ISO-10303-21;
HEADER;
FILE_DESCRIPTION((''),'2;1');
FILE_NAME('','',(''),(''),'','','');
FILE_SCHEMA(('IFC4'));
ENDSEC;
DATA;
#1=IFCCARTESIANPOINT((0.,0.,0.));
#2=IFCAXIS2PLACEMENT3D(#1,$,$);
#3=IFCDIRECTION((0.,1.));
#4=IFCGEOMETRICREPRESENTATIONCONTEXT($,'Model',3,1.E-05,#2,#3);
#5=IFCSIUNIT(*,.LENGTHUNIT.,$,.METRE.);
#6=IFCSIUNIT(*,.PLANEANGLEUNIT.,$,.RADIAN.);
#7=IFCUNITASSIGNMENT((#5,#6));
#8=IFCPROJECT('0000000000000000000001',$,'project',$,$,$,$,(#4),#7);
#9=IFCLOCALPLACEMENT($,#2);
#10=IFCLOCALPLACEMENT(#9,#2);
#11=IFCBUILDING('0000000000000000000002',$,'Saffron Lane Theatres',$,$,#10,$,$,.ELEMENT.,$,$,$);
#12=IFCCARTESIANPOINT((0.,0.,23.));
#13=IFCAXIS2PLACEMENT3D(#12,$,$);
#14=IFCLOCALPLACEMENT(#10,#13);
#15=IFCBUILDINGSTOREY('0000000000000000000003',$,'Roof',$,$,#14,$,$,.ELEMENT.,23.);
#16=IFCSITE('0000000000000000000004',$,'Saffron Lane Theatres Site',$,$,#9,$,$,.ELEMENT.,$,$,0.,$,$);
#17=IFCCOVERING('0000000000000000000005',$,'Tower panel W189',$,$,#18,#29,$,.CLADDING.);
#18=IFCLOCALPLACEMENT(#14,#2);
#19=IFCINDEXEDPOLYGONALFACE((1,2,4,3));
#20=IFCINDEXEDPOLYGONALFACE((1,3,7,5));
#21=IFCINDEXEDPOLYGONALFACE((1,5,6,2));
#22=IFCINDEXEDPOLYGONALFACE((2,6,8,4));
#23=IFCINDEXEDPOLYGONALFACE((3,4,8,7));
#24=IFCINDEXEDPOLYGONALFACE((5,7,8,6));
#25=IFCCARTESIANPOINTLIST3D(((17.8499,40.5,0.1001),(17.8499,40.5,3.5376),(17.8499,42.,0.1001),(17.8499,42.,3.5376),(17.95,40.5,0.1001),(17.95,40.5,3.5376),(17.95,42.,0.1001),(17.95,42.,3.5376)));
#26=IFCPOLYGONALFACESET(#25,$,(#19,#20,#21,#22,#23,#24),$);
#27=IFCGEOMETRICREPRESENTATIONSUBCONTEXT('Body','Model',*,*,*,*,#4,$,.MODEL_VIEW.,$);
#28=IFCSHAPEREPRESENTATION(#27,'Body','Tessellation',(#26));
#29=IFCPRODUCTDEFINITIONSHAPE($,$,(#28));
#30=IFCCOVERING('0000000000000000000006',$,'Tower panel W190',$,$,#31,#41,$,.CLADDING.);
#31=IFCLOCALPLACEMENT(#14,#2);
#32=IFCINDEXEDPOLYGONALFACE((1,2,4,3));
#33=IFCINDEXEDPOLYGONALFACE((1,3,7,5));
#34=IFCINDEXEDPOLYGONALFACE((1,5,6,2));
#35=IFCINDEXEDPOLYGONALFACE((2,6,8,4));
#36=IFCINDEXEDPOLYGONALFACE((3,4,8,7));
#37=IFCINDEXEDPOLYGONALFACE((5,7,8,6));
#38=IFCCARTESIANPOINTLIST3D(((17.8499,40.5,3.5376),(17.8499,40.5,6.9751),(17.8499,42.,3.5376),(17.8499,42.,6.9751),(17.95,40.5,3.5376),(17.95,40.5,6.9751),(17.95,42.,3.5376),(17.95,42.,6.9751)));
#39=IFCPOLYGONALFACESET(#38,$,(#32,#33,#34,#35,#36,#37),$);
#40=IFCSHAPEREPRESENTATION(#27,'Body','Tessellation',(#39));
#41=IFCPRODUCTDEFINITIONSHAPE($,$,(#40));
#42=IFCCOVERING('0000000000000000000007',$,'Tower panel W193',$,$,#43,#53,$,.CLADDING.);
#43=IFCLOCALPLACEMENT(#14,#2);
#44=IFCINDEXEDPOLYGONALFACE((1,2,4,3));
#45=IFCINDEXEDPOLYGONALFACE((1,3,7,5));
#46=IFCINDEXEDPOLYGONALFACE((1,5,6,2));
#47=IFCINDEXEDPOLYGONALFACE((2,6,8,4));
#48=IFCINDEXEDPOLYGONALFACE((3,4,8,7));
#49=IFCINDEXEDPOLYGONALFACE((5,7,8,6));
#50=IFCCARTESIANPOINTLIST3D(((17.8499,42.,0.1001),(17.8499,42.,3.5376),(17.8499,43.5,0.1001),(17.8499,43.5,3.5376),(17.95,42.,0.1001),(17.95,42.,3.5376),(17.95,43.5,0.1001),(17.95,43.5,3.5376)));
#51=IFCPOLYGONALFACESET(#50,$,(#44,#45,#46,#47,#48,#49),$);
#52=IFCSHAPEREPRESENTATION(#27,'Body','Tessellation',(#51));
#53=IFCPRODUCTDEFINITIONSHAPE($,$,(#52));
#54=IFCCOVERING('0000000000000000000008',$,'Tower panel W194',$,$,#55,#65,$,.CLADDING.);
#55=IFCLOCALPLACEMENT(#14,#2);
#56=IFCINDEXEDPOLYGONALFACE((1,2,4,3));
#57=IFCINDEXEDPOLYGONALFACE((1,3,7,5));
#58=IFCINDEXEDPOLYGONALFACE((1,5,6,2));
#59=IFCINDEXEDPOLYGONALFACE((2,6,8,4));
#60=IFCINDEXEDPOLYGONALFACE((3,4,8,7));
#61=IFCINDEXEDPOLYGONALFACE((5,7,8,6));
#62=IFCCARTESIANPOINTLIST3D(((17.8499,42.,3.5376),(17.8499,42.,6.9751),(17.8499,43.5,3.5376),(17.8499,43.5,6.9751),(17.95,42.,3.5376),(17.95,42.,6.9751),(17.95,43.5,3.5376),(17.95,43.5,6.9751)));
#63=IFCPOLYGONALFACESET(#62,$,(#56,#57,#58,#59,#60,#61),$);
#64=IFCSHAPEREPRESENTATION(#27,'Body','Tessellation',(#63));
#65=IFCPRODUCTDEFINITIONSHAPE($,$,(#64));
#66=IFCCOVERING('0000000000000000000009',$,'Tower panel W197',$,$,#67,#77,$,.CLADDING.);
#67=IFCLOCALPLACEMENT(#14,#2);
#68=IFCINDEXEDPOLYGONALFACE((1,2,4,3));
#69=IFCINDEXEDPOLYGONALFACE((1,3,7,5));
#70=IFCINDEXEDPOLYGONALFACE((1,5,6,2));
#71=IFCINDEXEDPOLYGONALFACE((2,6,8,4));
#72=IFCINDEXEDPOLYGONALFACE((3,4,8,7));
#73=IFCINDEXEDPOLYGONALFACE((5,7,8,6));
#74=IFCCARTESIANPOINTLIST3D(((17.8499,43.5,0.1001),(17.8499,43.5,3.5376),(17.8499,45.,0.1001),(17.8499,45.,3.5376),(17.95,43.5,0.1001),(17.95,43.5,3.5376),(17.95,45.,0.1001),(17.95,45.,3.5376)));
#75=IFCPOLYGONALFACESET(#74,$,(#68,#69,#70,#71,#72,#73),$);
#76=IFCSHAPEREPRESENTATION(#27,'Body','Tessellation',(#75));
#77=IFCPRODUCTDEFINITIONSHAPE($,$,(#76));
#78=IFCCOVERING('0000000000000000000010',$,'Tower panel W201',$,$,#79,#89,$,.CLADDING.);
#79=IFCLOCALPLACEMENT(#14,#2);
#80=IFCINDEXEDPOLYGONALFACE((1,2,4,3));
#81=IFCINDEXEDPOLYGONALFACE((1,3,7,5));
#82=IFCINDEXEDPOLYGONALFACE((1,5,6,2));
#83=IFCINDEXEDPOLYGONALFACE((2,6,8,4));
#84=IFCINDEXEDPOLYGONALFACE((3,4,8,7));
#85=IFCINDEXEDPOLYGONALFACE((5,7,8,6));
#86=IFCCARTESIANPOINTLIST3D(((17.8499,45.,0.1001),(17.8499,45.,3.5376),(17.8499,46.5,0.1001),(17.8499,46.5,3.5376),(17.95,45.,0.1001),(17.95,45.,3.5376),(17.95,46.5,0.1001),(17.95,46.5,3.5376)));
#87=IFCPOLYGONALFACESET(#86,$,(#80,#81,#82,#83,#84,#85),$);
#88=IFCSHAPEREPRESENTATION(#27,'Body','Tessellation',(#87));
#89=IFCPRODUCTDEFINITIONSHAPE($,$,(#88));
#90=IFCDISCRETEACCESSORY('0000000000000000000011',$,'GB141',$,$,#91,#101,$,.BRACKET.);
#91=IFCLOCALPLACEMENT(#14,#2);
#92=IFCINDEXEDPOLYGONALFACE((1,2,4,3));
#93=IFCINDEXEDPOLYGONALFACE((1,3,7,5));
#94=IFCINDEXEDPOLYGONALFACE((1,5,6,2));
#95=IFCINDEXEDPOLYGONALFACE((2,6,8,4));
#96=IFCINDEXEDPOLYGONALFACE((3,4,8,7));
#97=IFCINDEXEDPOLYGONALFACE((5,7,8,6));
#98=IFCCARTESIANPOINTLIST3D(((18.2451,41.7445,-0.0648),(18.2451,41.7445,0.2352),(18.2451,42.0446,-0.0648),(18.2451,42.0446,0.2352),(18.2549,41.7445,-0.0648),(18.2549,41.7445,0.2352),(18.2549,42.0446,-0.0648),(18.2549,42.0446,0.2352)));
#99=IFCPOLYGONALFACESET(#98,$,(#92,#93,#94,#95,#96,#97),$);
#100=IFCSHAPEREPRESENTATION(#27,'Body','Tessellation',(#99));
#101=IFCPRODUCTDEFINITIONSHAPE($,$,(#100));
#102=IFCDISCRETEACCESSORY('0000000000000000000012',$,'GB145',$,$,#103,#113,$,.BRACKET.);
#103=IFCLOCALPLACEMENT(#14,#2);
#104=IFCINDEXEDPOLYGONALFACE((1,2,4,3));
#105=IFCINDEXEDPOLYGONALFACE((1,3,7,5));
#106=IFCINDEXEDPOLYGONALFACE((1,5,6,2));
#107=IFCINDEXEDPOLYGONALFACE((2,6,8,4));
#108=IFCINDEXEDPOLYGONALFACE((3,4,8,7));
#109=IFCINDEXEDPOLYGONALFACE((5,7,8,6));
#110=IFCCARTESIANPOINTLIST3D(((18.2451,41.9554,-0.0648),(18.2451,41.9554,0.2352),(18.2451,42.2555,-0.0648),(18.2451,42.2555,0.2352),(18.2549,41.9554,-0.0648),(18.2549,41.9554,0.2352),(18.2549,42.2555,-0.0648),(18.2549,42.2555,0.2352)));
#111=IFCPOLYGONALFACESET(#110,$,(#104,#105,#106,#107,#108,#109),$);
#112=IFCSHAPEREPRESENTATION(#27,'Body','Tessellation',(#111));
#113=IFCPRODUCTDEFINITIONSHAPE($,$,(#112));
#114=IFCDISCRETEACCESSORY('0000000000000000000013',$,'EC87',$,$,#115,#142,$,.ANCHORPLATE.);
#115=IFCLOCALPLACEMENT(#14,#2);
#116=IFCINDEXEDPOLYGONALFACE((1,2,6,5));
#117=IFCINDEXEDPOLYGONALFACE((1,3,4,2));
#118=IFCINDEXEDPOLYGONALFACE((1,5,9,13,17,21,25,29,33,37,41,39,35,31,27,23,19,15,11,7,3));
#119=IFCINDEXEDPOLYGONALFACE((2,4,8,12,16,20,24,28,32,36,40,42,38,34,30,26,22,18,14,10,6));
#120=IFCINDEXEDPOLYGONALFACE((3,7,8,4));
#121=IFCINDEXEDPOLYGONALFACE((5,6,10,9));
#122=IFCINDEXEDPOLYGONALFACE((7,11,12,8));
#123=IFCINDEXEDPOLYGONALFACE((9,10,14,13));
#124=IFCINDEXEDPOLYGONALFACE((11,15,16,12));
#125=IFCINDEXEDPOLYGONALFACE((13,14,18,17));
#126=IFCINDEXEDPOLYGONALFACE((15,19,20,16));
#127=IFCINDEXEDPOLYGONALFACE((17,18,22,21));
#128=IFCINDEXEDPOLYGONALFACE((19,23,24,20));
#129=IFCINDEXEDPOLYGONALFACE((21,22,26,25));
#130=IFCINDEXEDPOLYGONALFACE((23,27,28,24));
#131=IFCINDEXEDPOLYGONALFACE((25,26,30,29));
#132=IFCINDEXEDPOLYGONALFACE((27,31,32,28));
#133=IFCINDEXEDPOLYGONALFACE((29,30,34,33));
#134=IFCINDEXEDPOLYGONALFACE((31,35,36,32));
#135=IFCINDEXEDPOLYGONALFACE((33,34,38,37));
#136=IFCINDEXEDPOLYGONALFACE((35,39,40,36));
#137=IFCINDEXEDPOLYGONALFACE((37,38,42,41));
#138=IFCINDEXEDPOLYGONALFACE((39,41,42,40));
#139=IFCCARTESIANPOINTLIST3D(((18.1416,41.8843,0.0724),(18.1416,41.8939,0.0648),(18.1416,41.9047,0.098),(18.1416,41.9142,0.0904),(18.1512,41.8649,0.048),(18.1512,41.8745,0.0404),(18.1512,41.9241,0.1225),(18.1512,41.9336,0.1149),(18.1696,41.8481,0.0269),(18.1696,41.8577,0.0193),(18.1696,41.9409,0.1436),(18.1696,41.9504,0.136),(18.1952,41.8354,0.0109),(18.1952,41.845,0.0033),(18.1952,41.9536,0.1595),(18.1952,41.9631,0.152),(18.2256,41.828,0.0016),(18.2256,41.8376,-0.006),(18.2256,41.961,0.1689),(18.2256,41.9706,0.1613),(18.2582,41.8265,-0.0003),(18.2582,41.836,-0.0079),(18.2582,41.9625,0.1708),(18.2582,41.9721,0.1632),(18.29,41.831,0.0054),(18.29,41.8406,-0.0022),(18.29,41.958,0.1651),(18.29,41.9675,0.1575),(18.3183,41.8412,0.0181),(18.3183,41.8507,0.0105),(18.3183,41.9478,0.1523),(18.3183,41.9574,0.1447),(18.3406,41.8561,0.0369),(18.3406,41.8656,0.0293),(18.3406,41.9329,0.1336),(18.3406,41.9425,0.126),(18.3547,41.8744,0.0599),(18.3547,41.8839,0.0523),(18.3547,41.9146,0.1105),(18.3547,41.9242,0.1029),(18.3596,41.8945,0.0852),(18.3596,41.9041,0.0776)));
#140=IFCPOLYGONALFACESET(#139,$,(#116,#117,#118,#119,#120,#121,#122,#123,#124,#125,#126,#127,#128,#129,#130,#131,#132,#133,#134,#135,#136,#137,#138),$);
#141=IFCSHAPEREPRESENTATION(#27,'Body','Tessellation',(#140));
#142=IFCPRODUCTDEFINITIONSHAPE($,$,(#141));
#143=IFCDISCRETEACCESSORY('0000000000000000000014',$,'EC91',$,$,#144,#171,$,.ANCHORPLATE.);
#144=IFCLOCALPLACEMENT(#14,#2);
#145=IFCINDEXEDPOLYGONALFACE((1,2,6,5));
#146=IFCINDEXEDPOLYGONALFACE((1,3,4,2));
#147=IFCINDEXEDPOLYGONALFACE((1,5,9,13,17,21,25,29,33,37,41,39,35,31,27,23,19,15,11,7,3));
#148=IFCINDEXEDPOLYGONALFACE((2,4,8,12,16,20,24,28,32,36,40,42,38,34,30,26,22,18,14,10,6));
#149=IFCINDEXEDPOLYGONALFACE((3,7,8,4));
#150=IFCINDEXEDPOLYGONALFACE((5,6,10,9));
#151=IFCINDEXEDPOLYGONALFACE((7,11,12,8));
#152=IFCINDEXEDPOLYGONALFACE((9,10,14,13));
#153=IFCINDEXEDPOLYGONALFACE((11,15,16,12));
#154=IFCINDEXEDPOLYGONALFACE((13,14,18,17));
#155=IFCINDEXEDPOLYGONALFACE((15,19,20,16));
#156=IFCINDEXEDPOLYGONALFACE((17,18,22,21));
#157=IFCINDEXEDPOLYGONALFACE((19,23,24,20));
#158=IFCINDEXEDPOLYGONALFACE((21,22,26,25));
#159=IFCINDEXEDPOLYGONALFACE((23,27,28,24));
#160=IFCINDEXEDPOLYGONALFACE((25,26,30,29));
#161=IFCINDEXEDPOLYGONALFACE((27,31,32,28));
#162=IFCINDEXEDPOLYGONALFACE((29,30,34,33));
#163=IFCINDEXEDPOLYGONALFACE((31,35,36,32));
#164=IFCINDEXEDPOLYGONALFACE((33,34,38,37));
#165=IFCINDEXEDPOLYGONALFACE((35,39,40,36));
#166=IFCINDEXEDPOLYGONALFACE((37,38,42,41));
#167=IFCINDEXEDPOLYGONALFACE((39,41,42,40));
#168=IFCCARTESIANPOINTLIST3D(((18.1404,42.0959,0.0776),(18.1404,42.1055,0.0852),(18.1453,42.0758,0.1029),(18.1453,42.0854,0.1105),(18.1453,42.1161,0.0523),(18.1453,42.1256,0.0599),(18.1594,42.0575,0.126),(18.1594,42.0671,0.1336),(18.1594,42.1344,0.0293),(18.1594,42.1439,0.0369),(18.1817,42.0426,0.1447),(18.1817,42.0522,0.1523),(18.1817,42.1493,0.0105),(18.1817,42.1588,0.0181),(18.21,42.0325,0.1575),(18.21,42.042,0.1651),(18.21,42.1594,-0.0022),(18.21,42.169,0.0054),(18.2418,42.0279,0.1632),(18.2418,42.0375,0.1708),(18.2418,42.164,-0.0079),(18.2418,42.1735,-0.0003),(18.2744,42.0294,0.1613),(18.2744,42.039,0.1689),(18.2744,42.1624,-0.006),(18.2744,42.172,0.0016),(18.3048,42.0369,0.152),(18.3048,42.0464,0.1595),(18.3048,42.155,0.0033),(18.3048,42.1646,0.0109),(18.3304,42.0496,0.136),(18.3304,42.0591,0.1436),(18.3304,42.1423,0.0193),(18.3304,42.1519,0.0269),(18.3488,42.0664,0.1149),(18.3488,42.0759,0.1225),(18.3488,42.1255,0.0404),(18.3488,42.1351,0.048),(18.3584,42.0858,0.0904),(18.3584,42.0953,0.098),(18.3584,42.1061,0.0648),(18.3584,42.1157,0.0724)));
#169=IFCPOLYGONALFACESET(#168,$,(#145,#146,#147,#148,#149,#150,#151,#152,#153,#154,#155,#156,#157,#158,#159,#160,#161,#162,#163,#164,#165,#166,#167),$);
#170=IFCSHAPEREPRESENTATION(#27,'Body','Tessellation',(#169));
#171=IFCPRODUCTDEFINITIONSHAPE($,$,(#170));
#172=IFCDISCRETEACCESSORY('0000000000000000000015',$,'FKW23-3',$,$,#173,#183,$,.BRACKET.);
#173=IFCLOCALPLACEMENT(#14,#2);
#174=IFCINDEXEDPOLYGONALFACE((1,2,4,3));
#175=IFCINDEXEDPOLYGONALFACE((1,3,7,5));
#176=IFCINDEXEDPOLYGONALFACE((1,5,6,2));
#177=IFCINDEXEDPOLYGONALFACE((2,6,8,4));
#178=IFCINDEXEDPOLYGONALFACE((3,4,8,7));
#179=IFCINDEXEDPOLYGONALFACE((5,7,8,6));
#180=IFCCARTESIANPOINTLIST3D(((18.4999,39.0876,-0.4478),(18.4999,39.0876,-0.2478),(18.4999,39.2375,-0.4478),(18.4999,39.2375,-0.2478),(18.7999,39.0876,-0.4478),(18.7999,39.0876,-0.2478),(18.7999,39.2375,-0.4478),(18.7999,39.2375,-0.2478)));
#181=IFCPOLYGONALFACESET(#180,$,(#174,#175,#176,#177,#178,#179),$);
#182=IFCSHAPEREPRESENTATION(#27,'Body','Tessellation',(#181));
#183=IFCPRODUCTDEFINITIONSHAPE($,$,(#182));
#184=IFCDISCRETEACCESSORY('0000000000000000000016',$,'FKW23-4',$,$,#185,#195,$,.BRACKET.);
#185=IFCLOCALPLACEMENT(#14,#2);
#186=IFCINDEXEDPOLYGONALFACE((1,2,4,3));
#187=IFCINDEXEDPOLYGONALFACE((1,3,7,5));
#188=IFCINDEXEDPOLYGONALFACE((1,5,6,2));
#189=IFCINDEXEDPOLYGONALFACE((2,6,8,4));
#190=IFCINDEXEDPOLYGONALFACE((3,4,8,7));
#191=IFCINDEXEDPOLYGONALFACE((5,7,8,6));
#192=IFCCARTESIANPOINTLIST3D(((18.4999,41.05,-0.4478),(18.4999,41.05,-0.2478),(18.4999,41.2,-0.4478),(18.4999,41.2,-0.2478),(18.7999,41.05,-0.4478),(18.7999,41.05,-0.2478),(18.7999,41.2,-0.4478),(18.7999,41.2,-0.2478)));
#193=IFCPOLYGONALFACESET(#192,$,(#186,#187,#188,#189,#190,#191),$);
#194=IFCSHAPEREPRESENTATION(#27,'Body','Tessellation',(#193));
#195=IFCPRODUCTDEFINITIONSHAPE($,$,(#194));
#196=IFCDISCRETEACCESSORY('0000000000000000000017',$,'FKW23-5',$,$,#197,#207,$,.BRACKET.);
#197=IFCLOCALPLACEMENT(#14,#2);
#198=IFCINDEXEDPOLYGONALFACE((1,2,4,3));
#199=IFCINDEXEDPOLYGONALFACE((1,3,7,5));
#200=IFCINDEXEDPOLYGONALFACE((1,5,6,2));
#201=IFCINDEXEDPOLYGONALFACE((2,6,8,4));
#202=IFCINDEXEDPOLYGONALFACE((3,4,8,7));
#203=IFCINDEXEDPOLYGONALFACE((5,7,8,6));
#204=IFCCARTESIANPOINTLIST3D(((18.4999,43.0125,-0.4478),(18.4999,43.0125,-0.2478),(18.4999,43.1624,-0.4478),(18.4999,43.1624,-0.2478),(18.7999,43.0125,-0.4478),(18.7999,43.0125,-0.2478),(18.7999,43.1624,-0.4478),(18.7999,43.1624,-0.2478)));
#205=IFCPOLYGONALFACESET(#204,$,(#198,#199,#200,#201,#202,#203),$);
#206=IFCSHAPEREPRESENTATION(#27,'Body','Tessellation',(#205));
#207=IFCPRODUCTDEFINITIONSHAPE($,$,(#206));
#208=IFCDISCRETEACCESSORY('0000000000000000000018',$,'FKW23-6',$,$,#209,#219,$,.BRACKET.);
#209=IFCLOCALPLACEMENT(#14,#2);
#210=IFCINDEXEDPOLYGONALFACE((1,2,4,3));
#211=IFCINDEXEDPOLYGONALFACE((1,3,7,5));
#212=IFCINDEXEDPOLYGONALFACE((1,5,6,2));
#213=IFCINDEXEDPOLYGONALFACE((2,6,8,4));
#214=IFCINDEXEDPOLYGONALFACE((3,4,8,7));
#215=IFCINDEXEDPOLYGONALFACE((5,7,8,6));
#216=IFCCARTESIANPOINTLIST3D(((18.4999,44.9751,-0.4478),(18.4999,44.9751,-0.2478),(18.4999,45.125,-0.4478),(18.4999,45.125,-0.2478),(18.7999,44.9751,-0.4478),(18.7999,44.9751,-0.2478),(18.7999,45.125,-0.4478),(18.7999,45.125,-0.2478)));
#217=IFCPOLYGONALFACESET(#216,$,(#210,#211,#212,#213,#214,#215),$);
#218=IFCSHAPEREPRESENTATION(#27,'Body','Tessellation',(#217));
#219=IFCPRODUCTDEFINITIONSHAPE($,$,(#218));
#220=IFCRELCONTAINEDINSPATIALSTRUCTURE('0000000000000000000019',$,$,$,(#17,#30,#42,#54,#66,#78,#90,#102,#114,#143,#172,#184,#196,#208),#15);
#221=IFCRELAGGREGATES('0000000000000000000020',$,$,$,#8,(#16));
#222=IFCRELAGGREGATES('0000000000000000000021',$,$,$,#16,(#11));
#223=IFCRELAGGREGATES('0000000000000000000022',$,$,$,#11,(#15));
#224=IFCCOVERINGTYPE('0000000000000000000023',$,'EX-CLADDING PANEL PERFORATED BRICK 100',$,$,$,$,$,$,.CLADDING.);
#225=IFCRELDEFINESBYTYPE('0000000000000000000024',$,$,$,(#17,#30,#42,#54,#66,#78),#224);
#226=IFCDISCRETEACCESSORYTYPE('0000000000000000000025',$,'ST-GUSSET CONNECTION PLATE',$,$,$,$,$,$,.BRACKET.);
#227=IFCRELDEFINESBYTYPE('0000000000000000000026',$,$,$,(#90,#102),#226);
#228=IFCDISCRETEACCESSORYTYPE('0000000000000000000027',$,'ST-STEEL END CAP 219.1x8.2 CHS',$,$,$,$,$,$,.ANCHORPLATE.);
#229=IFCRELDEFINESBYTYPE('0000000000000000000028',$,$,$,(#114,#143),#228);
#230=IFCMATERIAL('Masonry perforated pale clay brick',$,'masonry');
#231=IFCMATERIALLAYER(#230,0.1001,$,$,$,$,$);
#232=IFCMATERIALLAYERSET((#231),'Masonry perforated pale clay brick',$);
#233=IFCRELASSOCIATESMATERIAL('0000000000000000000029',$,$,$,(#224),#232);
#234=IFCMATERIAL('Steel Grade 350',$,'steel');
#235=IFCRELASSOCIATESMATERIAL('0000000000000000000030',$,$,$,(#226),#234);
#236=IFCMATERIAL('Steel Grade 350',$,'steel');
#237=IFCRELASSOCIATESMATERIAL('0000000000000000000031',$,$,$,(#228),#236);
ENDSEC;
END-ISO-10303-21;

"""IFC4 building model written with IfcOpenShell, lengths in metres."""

from ifc_helpers import new_model, si_unit, direction, frame, origin, origin_2d, place, context, subcontext, project, spatial, rectangle, circle, extrude, material, layer, layer_set, material_profile, profile_set, type_object, element, save


model = new_model("IFC4")

# Units and contexts
model_context = context("Model", 3, precision=1e-05, world=origin(), true_north=direction((0.0, 1.0)))
body_context = subcontext(model_context, "Body", "Model", "MODEL_VIEW")
ifc_project = project(units=[si_unit("LENGTHUNIT", "METRE"), si_unit("PLANEANGLEUNIT", "RADIAN")], contexts=[model_context])

# Site, building, storey
site_placement = place(None, origin())
site = spatial("IfcSite", under=ifc_project, at=site_placement, Name="Saffron Lane Theatres Site", CompositionType="ELEMENT", RefElevation=0.0)
building_placement = place(site_placement, origin())
building = spatial("IfcBuilding", under=site, at=building_placement, Name="Saffron Lane Theatres", CompositionType="ELEMENT")
storey_placement = place(building_placement, frame((0.0, 0.0, 23.0)))
storey = spatial("IfcBuildingStorey", under=building, at=storey_placement, Name="Roof", CompositionType="ELEMENT", Elevation=23.0)

# Coverings
ifc_material_1 = material(Name="Masonry perforated pale clay brick", Category="masonry")
ifc_layer_1 = layer(ifc_material_1, 0.1001)
ifc_layer_set_1 = layer_set([ifc_layer_1], Name="Masonry perforated pale clay brick")
covering_type_1 = type_object("IfcCoveringType", Name="EX-CLADDING PANEL PERFORATED BRICK 100", PredefinedType="CLADDING", material=ifc_layer_set_1)
for number, where, z_axis, x_axis, name in (
    (1, (17.8999, 41.25, 0.1001), (0.0, 0.0, 1.0), (0.0, 1.0, 0.0), "Tower panel W189"),
    (2, (17.8999, 41.25, 3.5376), (0.0, 0.0, 1.0), (0.0, 1.0, 0.0), "Tower panel W190"),
    (3, (17.8999, 42.75, 0.1001), (0.0, 0.0, 1.0), (0.0, 1.0, 0.0), "Tower panel W193"),
    (4, (17.8999, 42.75, 3.5376), (0.0, 0.0, 1.0), (0.0, 1.0, 0.0), "Tower panel W194"),
    (5, (17.8999, 44.25, 0.1001), (0.0, 0.0, 1.0), (0.0, 1.0, 0.0), "Tower panel W197"),
    (6, (17.8999, 45.75, 0.1001), (0.0, 0.0, 1.0), (0.0, 1.0, 0.0), "Tower panel W201"),
):
    element("IfcCovering", number, at=place(storey_placement, frame(where, z_axis=z_axis, x_axis=x_axis)), inside=storey, type_object=covering_type_1, Name=name, PredefinedType="CLADDING", context=body_context, shape_type="SweptSolid", body=[
        extrude(rectangle(XDim=1.5, YDim=0.1001, at=origin_2d()), origin(), (0.0, 0.0, 1.0), 3.4375),
    ])

# Discrete accessories
ifc_material_2 = material(Name="Steel Grade 350", Category="steel")
ifc_material_profile_1 = material_profile(ifc_material_2, rectangle(XDim=0.3, YDim=0.3, at=origin_2d()))
ifc_profile_set_1 = profile_set([ifc_material_profile_1], Name="Steel Grade 350")
discrete_accessory_type_1 = type_object("IfcDiscreteAccessoryType", Name="ST-GUSSET CONNECTION PLATE", PredefinedType="BRACKET", material=ifc_profile_set_1)
for number, where, z_axis, x_axis, name in (
    (7, (18.2451, 41.8945, 0.0852), (1.0, 0.0, 0.0), (0.0, 1.0, 0.0), "GB141"),
    (8, (18.2451, 42.1055, 0.0852), (1.0, 0.0, 0.0), (0.0, 1.0, 0.0), "GB145"),
):
    element("IfcDiscreteAccessory", number, at=place(storey_placement, frame(where, z_axis=z_axis, x_axis=x_axis)), inside=storey, type_object=discrete_accessory_type_1, Name=name, PredefinedType="BRACKET", context=body_context, shape_type="SweptSolid", body=[
        extrude(rectangle(XDim=0.3, YDim=0.3, at=origin_2d()), origin(), (0.0, 0.0, 1.0), 0.0098),
    ])
ifc_material_3 = material(Name="Steel Grade 350", Category="steel")
ifc_material_profile_2 = material_profile(ifc_material_3, circle(Radius=0.1096, at=origin_2d()))
ifc_profile_set_2 = profile_set([ifc_material_profile_2], Name="Steel Grade 350")
discrete_accessory_type_2 = type_object("IfcDiscreteAccessoryType", Name="ST-STEEL END CAP 219.1x8.2 CHS", PredefinedType="ANCHORPLATE", material=ifc_profile_set_2)
for number, where, z_axis, x_axis, name in (
    (9, (18.25, 41.9041, 0.0776), (0.0, -0.782823, 0.622244), (1.0, 0.0, 0.0), "EC87"),
    (10, (18.25, 42.0959, 0.0776), (0.0, 0.782823, 0.622244), (-1.0, 0.0, 0.0), "EC91"),
):
    element("IfcDiscreteAccessory", number, at=place(storey_placement, frame(where, z_axis=z_axis, x_axis=x_axis)), inside=storey, type_object=discrete_accessory_type_2, Name=name, PredefinedType="ANCHORPLATE", context=body_context, shape_type="SweptSolid", body=[
        extrude(circle(Radius=0.1096, at=origin_2d()), origin(), (0.0, 0.0, 1.0), 0.0122),
    ])
for number, where, z_axis, x_axis, name in (
    (11, (18.6499, 39.1626, -0.4478), (0.0, 0.0, 1.0), (1.0, 0.0, 0.0), "FKW23-3"),
    (12, (18.6499, 41.125, -0.4478), (0.0, 0.0, 1.0), (1.0, 0.0, 0.0), "FKW23-4"),
    (13, (18.6499, 43.0874, -0.4478), (0.0, 0.0, 1.0), (1.0, 0.0, 0.0), "FKW23-5"),
    (14, (18.6499, 45.05, -0.4478), (0.0, 0.0, 1.0), (1.0, 0.0, 0.0), "FKW23-6"),
):
    element("IfcDiscreteAccessory", number, at=place(storey_placement, frame(where, z_axis=z_axis, x_axis=x_axis)), inside=storey, Name=name, PredefinedType="BRACKET", context=body_context, shape_type="SweptSolid", body=[
        extrude(rectangle(XDim=0.3, YDim=0.1499, at=origin_2d()), origin(), (0.0, 0.0, 1.0), 0.2),
    ])

save(model, "model.ifc")
